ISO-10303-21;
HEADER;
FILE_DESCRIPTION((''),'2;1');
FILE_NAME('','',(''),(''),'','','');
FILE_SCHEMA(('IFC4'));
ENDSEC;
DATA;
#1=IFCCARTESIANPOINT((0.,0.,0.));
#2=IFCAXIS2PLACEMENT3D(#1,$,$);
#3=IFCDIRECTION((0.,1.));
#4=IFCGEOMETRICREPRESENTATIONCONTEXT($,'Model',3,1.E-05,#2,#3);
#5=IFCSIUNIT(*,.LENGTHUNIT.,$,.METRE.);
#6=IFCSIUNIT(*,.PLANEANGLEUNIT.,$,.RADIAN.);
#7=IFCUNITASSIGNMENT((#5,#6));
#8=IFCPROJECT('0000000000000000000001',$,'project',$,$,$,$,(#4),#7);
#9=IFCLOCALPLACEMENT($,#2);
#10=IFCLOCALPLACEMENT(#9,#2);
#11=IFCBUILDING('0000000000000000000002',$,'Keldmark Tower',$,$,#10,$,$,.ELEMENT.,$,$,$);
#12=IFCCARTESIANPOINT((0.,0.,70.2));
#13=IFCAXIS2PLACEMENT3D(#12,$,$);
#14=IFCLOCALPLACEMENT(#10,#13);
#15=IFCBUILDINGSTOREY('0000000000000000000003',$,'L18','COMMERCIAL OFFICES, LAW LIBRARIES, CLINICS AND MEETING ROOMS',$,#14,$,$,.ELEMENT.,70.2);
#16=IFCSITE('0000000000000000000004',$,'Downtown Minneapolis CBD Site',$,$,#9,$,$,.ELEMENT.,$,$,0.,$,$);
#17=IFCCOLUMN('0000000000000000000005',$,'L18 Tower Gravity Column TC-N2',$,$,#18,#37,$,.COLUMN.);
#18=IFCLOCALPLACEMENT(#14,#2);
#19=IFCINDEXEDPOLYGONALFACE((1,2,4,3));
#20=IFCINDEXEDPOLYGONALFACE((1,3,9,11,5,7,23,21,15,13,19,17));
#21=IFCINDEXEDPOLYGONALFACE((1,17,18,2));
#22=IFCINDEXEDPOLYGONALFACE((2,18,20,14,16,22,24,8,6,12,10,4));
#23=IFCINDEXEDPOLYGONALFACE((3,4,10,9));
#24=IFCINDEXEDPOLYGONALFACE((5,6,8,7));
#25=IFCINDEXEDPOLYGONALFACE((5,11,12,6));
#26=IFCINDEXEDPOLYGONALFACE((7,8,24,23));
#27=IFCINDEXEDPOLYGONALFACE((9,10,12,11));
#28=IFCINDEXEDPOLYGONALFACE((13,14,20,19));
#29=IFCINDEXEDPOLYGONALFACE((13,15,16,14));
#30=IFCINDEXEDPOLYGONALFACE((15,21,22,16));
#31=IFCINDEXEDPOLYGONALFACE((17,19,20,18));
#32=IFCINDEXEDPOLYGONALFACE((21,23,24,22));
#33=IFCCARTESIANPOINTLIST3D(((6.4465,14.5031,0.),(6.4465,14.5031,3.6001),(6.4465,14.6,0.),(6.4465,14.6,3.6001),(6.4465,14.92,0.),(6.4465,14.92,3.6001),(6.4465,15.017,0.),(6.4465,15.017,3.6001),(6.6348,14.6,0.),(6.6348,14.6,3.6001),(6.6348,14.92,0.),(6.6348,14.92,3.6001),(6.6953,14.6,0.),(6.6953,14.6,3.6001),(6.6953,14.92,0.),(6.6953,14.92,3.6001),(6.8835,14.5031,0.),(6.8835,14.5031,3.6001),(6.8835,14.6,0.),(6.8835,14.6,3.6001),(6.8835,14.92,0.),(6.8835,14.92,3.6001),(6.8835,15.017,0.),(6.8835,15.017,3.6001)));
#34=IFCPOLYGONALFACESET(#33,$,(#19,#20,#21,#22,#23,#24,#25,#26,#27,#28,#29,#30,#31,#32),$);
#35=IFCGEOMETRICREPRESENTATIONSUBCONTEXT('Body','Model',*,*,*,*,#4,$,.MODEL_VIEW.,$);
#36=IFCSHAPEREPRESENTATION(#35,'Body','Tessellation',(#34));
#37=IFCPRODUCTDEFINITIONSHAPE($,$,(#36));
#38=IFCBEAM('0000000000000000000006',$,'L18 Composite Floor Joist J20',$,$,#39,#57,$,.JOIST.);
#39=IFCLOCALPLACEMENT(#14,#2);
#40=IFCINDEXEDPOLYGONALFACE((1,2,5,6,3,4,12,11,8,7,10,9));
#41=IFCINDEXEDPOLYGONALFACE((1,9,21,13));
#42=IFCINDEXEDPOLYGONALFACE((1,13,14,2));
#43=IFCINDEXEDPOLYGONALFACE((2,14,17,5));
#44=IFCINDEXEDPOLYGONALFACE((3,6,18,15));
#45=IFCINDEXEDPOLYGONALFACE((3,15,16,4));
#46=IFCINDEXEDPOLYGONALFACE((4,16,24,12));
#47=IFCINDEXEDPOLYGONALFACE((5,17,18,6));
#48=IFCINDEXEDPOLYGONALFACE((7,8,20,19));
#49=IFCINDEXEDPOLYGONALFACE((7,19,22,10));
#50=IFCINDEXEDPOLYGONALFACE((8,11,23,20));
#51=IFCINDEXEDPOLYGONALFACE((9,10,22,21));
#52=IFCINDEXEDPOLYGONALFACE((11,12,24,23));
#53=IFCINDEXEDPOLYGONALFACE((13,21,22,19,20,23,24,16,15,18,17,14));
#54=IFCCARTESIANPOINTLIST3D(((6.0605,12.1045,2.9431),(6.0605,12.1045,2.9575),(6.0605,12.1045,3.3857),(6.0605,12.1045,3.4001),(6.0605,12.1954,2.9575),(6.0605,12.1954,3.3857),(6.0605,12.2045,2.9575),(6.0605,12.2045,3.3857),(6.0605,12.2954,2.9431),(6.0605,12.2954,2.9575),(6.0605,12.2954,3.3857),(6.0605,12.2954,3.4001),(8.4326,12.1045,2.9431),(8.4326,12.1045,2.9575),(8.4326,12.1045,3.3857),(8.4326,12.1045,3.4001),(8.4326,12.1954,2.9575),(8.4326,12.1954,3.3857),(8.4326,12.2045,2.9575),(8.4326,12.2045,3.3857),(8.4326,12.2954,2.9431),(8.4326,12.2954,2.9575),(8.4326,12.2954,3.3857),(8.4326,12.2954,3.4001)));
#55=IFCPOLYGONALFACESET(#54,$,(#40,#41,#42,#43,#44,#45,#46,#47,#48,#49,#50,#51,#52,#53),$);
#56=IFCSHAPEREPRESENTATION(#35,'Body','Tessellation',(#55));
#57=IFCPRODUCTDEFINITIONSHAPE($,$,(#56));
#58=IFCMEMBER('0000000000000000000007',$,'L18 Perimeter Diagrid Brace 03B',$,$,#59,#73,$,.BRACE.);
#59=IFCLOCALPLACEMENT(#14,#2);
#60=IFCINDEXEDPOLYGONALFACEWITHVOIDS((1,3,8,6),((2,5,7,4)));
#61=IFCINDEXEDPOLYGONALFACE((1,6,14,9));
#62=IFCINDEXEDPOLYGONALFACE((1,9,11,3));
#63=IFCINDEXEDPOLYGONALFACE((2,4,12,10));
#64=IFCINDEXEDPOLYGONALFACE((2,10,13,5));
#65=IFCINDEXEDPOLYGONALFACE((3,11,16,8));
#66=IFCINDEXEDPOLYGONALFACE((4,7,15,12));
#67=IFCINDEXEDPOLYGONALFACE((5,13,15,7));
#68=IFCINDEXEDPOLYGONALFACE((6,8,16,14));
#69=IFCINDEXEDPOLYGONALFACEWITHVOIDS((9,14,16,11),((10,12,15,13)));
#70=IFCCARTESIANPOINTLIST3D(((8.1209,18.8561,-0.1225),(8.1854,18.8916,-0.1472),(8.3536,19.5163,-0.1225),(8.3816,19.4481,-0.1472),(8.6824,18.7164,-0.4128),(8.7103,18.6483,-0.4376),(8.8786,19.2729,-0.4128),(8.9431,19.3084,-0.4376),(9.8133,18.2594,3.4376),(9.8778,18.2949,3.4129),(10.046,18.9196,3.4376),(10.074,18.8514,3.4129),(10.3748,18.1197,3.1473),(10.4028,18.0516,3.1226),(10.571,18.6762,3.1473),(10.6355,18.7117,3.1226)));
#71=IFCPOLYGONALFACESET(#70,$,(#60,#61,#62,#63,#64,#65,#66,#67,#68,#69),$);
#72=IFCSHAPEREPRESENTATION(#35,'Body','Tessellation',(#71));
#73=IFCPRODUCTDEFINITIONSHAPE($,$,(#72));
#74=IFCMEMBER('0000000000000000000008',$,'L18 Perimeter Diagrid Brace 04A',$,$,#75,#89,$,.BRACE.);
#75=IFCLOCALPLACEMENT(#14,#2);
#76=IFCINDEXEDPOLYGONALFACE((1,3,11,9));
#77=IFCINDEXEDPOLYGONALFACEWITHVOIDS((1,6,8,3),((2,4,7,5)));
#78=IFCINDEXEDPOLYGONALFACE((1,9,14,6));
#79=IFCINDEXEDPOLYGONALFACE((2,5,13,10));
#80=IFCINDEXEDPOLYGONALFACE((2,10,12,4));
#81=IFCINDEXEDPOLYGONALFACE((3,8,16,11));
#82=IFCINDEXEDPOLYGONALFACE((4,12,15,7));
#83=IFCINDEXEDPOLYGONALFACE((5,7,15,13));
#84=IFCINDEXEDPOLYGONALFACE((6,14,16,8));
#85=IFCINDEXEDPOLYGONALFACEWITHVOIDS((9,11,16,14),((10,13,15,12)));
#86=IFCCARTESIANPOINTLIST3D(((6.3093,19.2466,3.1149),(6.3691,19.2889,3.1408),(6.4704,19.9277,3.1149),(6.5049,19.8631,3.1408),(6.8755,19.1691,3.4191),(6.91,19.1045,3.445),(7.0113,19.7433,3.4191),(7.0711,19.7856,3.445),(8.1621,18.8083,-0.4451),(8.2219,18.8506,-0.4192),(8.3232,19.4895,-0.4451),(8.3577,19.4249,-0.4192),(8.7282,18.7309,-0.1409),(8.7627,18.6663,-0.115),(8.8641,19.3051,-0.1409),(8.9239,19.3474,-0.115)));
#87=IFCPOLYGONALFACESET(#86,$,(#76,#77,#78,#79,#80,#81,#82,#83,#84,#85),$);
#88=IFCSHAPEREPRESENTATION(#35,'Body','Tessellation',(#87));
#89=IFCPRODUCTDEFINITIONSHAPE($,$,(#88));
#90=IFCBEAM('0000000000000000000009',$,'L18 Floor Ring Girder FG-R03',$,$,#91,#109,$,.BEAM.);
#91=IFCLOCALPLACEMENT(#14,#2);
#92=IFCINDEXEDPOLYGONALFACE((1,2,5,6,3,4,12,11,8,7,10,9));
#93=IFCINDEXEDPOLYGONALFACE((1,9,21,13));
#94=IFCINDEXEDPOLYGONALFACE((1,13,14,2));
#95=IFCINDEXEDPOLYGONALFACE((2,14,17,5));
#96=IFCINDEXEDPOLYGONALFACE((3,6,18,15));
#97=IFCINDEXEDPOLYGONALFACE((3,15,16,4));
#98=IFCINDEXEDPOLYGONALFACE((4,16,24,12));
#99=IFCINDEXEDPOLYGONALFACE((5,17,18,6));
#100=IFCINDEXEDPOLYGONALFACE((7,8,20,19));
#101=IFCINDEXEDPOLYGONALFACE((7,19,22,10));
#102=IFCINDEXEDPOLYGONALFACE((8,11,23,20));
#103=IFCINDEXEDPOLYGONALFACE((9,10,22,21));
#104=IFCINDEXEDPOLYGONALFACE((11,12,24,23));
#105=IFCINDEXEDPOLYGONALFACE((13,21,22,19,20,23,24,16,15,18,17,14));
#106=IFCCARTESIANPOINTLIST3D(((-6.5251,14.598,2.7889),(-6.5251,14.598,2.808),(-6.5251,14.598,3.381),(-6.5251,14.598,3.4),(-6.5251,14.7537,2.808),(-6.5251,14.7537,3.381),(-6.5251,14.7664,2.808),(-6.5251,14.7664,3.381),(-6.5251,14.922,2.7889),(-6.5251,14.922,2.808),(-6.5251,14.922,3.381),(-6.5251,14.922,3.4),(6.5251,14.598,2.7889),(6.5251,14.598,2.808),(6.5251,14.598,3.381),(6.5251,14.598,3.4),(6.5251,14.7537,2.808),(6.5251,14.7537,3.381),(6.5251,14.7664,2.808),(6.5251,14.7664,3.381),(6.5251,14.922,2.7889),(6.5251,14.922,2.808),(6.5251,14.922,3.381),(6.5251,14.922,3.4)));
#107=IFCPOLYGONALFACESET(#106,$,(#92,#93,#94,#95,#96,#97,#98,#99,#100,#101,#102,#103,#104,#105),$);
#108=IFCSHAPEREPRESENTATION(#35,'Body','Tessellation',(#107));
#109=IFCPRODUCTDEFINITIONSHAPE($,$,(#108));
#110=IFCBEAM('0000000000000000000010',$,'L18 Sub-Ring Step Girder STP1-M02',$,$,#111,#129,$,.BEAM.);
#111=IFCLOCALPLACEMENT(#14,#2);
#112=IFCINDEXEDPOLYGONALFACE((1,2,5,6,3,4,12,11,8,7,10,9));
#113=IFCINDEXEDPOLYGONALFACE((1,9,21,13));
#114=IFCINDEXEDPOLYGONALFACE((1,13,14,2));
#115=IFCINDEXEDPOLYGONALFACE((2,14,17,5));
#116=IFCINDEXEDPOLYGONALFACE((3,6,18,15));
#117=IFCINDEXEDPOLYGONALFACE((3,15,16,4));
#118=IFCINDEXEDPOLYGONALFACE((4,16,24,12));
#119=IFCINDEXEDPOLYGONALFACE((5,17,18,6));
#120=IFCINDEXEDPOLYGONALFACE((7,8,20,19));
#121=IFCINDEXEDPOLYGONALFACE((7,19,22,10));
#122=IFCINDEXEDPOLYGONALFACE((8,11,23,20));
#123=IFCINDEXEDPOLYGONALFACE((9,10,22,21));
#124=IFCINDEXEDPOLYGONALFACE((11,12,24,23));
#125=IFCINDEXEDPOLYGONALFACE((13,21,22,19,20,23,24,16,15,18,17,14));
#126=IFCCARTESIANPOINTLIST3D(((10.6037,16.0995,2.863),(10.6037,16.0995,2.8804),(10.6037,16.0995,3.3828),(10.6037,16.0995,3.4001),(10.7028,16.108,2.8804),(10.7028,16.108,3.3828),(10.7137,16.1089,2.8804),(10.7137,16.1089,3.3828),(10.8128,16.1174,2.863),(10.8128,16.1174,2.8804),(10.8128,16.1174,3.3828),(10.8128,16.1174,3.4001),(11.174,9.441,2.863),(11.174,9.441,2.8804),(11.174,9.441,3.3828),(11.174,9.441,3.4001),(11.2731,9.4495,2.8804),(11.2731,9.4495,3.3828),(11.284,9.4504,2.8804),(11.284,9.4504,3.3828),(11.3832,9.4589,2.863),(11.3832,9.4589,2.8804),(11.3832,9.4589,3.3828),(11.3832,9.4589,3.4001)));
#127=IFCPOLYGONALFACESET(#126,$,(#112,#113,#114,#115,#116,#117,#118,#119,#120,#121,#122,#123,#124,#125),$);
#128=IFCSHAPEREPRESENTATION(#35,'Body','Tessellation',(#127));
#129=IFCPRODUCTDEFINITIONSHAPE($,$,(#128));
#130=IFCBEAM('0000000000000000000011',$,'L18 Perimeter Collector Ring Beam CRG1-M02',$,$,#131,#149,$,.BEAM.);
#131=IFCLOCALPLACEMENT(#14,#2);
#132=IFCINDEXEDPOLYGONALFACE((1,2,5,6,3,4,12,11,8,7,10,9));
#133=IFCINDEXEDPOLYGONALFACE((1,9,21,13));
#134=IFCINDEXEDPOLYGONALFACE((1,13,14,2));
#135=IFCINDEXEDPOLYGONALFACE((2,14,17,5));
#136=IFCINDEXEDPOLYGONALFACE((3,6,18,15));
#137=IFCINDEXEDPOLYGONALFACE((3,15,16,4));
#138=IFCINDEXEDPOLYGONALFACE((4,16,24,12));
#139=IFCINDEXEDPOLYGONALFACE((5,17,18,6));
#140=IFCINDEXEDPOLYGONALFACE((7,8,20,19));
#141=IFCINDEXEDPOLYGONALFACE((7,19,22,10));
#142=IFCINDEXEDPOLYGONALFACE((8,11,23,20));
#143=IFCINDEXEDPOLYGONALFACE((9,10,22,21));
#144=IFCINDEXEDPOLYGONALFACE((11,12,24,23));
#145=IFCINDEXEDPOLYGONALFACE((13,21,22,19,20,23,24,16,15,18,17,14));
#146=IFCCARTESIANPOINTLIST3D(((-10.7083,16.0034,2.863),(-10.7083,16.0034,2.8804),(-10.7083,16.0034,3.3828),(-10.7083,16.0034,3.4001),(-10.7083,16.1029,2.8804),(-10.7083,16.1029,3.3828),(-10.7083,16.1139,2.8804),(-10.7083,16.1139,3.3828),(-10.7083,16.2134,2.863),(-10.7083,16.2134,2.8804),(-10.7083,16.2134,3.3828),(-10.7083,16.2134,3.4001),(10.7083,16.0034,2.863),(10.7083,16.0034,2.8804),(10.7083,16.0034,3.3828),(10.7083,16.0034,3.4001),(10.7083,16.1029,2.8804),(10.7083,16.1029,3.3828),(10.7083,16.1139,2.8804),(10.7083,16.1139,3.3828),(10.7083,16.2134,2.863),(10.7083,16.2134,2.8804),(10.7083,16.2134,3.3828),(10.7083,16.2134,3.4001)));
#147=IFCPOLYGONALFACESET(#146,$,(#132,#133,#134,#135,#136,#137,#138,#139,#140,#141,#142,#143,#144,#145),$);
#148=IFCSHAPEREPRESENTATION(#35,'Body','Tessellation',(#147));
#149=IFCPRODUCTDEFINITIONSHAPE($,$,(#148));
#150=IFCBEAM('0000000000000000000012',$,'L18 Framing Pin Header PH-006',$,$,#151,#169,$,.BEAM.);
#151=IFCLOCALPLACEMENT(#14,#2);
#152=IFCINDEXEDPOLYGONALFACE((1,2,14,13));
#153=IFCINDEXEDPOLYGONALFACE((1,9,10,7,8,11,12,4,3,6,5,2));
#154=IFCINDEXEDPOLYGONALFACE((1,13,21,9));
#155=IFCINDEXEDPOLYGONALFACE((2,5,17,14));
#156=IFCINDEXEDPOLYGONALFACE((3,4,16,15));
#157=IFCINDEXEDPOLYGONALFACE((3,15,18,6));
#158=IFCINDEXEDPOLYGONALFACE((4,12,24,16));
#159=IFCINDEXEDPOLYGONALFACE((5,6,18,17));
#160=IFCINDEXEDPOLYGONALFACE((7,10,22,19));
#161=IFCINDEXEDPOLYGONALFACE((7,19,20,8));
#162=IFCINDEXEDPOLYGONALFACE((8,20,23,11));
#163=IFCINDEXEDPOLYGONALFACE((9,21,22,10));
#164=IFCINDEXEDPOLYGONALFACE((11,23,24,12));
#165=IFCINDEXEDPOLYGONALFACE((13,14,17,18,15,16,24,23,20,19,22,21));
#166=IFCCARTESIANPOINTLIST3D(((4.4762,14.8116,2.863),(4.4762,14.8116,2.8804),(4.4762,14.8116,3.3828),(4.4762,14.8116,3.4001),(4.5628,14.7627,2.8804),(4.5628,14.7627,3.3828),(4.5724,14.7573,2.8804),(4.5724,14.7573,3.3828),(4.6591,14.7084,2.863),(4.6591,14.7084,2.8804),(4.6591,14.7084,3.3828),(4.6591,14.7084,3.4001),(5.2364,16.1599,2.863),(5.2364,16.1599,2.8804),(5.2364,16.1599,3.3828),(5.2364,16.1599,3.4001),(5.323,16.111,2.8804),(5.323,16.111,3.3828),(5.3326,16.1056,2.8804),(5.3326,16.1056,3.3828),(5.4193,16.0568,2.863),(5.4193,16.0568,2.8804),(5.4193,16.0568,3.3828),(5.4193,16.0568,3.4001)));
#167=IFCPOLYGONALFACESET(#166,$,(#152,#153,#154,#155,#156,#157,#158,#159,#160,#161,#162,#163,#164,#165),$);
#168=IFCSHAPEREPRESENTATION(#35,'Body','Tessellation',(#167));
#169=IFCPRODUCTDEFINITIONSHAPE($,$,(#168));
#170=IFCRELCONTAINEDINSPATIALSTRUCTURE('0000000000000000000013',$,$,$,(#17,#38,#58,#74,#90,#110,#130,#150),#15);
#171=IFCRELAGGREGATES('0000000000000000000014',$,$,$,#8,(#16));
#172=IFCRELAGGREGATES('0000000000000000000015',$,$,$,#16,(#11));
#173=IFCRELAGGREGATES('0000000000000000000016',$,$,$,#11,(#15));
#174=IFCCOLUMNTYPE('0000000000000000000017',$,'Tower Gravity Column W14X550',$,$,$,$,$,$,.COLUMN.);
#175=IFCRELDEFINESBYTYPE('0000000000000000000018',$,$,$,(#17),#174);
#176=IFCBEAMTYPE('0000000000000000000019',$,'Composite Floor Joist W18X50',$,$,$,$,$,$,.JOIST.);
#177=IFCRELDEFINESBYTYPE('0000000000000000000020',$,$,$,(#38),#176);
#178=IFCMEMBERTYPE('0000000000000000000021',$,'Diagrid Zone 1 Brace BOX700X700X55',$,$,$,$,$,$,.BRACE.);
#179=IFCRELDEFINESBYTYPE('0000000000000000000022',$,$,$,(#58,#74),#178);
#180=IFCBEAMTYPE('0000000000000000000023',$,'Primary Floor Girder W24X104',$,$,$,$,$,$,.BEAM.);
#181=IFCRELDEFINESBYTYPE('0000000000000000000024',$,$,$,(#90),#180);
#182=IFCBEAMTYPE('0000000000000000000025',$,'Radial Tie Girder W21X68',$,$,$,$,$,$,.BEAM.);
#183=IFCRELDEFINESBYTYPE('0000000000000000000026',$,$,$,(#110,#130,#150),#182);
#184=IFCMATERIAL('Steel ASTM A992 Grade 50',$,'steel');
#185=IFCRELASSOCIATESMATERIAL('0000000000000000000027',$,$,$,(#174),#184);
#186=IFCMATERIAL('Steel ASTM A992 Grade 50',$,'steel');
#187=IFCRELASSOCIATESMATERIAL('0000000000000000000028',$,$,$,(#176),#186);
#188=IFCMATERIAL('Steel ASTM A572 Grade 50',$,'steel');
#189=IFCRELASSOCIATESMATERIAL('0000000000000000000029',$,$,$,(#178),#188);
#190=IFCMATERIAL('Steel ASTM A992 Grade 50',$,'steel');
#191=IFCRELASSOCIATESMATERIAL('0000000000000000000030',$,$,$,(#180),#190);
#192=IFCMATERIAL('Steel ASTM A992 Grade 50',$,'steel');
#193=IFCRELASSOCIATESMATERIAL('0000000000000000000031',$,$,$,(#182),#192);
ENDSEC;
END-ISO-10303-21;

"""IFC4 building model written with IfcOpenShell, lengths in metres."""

from ifc_helpers import new_model, si_unit, direction, frame, origin, origin_2d, place, context, subcontext, project, spatial, hollow_rectangle, i_section, extrude, material, material_profile, profile_set, type_object, element, save


model = new_model("IFC4")

# Units and contexts
model_context = context("Model", 3, precision=1e-05, world=origin(), true_north=direction((0.0, 1.0)))
body_context = subcontext(model_context, "Body", "Model", "MODEL_VIEW")
ifc_project = project(units=[si_unit("LENGTHUNIT", "METRE"), si_unit("PLANEANGLEUNIT", "RADIAN")], contexts=[model_context])

# Site, building, storey
site_placement = place(None, origin())
site = spatial("IfcSite", under=ifc_project, at=site_placement, Name="Downtown Minneapolis CBD Site", CompositionType="ELEMENT", RefElevation=0.0)
building_placement = place(site_placement, origin())
building = spatial("IfcBuilding", under=site, at=building_placement, Name="Keldmark Tower", CompositionType="ELEMENT")
storey_placement = place(building_placement, frame((0.0, 0.0, 70.2)))
storey = spatial("IfcBuildingStorey", under=building, at=storey_placement, Name="L18", Description="COMMERCIAL OFFICES, LAW LIBRARIES, CLINICS AND MEETING ROOMS", CompositionType="ELEMENT", Elevation=70.2)

# Column
ifc_material_1 = material(Name="Steel ASTM A992 Grade 50", Category="steel")
ifc_material_profile_1 = material_profile(ifc_material_1, i_section(OverallWidth=0.437, OverallDepth=0.5139, WebThickness=0.0605, FlangeThickness=0.0969, at=origin_2d()), Name="W14X550")
ifc_profile_set_1 = profile_set([ifc_material_profile_1], Name="Steel ASTM A992 Grade 50")
column_type = type_object("IfcColumnType", Name="Tower Gravity Column W14X550", PredefinedType="COLUMN", material=ifc_profile_set_1)
column_placement = place(storey_placement, frame((6.665, 14.76, 0.0), z_axis=(0.0, 0.0, 1.0), x_axis=(1.0, 0.0, 0.0)))
element("IfcColumn", 1, at=column_placement, inside=storey, type_object=column_type, Name="L18 Tower Gravity Column TC-N2", PredefinedType="COLUMN", context=body_context, shape_type="SweptSolid", body=[
    extrude(i_section(OverallWidth=0.437, OverallDepth=0.5139, WebThickness=0.0605, FlangeThickness=0.0969, at=origin_2d()), origin(), (0.0, 0.0, 1.0), 3.6001),
])

# Beam
ifc_material_2 = material(Name="Steel ASTM A992 Grade 50", Category="steel")
ifc_material_profile_2 = material_profile(ifc_material_2, i_section(OverallWidth=0.1909, OverallDepth=0.457, WebThickness=0.009, FlangeThickness=0.0144, at=origin_2d()), Name="W18X50")
ifc_profile_set_2 = profile_set([ifc_material_profile_2], Name="Steel ASTM A992 Grade 50")
beam_type_1 = type_object("IfcBeamType", Name="Composite Floor Joist W18X50", PredefinedType="JOIST", material=ifc_profile_set_2)
beam_1_placement = place(storey_placement, frame((6.0605, 12.2, 3.1716), z_axis=(1.0, 0.0, 0.0), x_axis=(0.0, 1.0, 0.0)))
element("IfcBeam", 2, at=beam_1_placement, inside=storey, type_object=beam_type_1, Name="L18 Composite Floor Joist J20", PredefinedType="JOIST", context=body_context, shape_type="SweptSolid", body=[
    extrude(i_section(OverallWidth=0.1909, OverallDepth=0.457, WebThickness=0.009, FlangeThickness=0.0144, at=origin_2d()), origin(), (0.0, 0.0, 1.0), 2.3721),
])

# Members
ifc_material_3 = material(Name="Steel ASTM A572 Grade 50", Category="steel")
ifc_material_profile_3 = material_profile(ifc_material_3, hollow_rectangle(XDim=0.7, YDim=0.7, WallThickness=0.0549, at=origin_2d()), Name="BOX700X700X55")
ifc_profile_set_3 = profile_set([ifc_material_profile_3], Name="Steel ASTM A572 Grade 50")
member_type = type_object("IfcMemberType", Name="Diagrid Zone 1 Brace BOX700X700X55", PredefinedType="BRACE", material=ifc_profile_set_3)
member_1_placement = place(storey_placement, frame((8.532, 19.0823, -0.28), z_axis=(0.424501, -0.149666, 0.892972), x_axis=(0.332507, 0.943101, 0.0)))
element("IfcMember", 3, at=member_1_placement, inside=storey, type_object=member_type, Name="L18 Perimeter Diagrid Brace 03B", PredefinedType="BRACE", context=body_context, shape_type="SweptSolid", body=[
    extrude(hollow_rectangle(XDim=0.7, YDim=0.7, WallThickness=0.0549, at=origin_2d()), origin(), (0.0, 0.0, 1.0), 3.9868),
])
member_2_placement = place(storey_placement, frame((8.543, 19.0779, -0.28), z_axis=(-0.458929, 0.108549, 0.881817), x_axis=(-0.230176, -0.973149, 0.0)))
element("IfcMember", 4, at=member_2_placement, inside=storey, type_object=member_type, Name="L18 Perimeter Diagrid Brace 04A", PredefinedType="BRACE", context=body_context, shape_type="SweptSolid", body=[
    extrude(hollow_rectangle(XDim=0.7, YDim=0.7, WallThickness=0.0549, at=origin_2d()), origin(), (0.0, 0.0, 1.0), 4.0371),
])

# Beams
ifc_material_4 = material(Name="Steel ASTM A992 Grade 50", Category="steel")
ifc_material_profile_4 = material_profile(ifc_material_4, i_section(OverallWidth=0.324, OverallDepth=0.6111, WebThickness=0.0127, FlangeThickness=0.019, at=origin_2d()), Name="W24X104")
ifc_profile_set_4 = profile_set([ifc_material_profile_4], Name="Steel ASTM A992 Grade 50")
beam_type_2 = type_object("IfcBeamType", Name="Primary Floor Girder W24X104", PredefinedType="BEAM", material=ifc_profile_set_4)
beam_2_placement = place(storey_placement, frame((6.5251, 14.76, 3.0945), z_axis=(-1.0, 0.0, 0.0), x_axis=(0.0, -1.0, 0.0)))
element("IfcBeam", 5, at=beam_2_placement, inside=storey, type_object=beam_type_2, Name="L18 Floor Ring Girder FG-R03", PredefinedType="BEAM", context=body_context, shape_type="SweptSolid", body=[
    extrude(i_section(OverallWidth=0.324, OverallDepth=0.6111, WebThickness=0.0127, FlangeThickness=0.019, at=origin_2d()), origin(), (0.0, 0.0, 1.0), 13.0503),
])
ifc_material_5 = material(Name="Steel ASTM A992 Grade 50", Category="steel")
ifc_material_profile_5 = material_profile(ifc_material_5, i_section(OverallWidth=0.21, OverallDepth=0.5371, WebThickness=0.011, FlangeThickness=0.0173, at=origin_2d()), Name="W21X68")
ifc_profile_set_5 = profile_set([ifc_material_profile_5], Name="Steel ASTM A992 Grade 50")
beam_type_3 = type_object("IfcBeamType", Name="Radial Tie Girder W21X68", PredefinedType="BEAM", material=ifc_profile_set_5)
beam_3_placement = place(storey_placement, frame((11.2786, 9.45, 3.1316), z_axis=(-0.08534, 0.996352, 0.0), x_axis=(-0.996352, -0.08534, 0.0)))
element("IfcBeam", 6, at=beam_3_placement, inside=storey, type_object=beam_type_3, Name="L18 Sub-Ring Step Girder STP1-M02", PredefinedType="BEAM", context=body_context, shape_type="SweptSolid", body=[
    extrude(i_section(OverallWidth=0.21, OverallDepth=0.5371, WebThickness=0.011, FlangeThickness=0.0173, at=origin_2d()), origin(), (0.0, 0.0, 1.0), 6.6829),
])
beam_4_placement = place(storey_placement, frame((10.7083, 16.1084, 3.1316), z_axis=(-1.0, 0.0, 0.0), x_axis=(0.0, -1.0, 0.0)))
element("IfcBeam", 7, at=beam_4_placement, inside=storey, type_object=beam_type_3, Name="L18 Perimeter Collector Ring Beam CRG1-M02", PredefinedType="BEAM", context=body_context, shape_type="SweptSolid", body=[
    extrude(i_section(OverallWidth=0.21, OverallDepth=0.5371, WebThickness=0.011, FlangeThickness=0.0173, at=origin_2d()), origin(), (0.0, 0.0, 1.0), 21.4165),
])
beam_5_placement = place(storey_placement, frame((4.5676, 14.76, 3.1316), z_axis=(0.491137, 0.871082, 0.0), x_axis=(-0.871082, 0.491137, 0.0)))
element("IfcBeam", 8, at=beam_5_placement, inside=storey, type_object=beam_type_3, Name="L18 Framing Pin Header PH-006", PredefinedType="BEAM", context=body_context, shape_type="SweptSolid", body=[
    extrude(i_section(OverallWidth=0.21, OverallDepth=0.5371, WebThickness=0.011, FlangeThickness=0.0173, at=origin_2d()), origin(), (0.0, 0.0, 1.0), 1.5479),
])

save(model, "model.ifc")
